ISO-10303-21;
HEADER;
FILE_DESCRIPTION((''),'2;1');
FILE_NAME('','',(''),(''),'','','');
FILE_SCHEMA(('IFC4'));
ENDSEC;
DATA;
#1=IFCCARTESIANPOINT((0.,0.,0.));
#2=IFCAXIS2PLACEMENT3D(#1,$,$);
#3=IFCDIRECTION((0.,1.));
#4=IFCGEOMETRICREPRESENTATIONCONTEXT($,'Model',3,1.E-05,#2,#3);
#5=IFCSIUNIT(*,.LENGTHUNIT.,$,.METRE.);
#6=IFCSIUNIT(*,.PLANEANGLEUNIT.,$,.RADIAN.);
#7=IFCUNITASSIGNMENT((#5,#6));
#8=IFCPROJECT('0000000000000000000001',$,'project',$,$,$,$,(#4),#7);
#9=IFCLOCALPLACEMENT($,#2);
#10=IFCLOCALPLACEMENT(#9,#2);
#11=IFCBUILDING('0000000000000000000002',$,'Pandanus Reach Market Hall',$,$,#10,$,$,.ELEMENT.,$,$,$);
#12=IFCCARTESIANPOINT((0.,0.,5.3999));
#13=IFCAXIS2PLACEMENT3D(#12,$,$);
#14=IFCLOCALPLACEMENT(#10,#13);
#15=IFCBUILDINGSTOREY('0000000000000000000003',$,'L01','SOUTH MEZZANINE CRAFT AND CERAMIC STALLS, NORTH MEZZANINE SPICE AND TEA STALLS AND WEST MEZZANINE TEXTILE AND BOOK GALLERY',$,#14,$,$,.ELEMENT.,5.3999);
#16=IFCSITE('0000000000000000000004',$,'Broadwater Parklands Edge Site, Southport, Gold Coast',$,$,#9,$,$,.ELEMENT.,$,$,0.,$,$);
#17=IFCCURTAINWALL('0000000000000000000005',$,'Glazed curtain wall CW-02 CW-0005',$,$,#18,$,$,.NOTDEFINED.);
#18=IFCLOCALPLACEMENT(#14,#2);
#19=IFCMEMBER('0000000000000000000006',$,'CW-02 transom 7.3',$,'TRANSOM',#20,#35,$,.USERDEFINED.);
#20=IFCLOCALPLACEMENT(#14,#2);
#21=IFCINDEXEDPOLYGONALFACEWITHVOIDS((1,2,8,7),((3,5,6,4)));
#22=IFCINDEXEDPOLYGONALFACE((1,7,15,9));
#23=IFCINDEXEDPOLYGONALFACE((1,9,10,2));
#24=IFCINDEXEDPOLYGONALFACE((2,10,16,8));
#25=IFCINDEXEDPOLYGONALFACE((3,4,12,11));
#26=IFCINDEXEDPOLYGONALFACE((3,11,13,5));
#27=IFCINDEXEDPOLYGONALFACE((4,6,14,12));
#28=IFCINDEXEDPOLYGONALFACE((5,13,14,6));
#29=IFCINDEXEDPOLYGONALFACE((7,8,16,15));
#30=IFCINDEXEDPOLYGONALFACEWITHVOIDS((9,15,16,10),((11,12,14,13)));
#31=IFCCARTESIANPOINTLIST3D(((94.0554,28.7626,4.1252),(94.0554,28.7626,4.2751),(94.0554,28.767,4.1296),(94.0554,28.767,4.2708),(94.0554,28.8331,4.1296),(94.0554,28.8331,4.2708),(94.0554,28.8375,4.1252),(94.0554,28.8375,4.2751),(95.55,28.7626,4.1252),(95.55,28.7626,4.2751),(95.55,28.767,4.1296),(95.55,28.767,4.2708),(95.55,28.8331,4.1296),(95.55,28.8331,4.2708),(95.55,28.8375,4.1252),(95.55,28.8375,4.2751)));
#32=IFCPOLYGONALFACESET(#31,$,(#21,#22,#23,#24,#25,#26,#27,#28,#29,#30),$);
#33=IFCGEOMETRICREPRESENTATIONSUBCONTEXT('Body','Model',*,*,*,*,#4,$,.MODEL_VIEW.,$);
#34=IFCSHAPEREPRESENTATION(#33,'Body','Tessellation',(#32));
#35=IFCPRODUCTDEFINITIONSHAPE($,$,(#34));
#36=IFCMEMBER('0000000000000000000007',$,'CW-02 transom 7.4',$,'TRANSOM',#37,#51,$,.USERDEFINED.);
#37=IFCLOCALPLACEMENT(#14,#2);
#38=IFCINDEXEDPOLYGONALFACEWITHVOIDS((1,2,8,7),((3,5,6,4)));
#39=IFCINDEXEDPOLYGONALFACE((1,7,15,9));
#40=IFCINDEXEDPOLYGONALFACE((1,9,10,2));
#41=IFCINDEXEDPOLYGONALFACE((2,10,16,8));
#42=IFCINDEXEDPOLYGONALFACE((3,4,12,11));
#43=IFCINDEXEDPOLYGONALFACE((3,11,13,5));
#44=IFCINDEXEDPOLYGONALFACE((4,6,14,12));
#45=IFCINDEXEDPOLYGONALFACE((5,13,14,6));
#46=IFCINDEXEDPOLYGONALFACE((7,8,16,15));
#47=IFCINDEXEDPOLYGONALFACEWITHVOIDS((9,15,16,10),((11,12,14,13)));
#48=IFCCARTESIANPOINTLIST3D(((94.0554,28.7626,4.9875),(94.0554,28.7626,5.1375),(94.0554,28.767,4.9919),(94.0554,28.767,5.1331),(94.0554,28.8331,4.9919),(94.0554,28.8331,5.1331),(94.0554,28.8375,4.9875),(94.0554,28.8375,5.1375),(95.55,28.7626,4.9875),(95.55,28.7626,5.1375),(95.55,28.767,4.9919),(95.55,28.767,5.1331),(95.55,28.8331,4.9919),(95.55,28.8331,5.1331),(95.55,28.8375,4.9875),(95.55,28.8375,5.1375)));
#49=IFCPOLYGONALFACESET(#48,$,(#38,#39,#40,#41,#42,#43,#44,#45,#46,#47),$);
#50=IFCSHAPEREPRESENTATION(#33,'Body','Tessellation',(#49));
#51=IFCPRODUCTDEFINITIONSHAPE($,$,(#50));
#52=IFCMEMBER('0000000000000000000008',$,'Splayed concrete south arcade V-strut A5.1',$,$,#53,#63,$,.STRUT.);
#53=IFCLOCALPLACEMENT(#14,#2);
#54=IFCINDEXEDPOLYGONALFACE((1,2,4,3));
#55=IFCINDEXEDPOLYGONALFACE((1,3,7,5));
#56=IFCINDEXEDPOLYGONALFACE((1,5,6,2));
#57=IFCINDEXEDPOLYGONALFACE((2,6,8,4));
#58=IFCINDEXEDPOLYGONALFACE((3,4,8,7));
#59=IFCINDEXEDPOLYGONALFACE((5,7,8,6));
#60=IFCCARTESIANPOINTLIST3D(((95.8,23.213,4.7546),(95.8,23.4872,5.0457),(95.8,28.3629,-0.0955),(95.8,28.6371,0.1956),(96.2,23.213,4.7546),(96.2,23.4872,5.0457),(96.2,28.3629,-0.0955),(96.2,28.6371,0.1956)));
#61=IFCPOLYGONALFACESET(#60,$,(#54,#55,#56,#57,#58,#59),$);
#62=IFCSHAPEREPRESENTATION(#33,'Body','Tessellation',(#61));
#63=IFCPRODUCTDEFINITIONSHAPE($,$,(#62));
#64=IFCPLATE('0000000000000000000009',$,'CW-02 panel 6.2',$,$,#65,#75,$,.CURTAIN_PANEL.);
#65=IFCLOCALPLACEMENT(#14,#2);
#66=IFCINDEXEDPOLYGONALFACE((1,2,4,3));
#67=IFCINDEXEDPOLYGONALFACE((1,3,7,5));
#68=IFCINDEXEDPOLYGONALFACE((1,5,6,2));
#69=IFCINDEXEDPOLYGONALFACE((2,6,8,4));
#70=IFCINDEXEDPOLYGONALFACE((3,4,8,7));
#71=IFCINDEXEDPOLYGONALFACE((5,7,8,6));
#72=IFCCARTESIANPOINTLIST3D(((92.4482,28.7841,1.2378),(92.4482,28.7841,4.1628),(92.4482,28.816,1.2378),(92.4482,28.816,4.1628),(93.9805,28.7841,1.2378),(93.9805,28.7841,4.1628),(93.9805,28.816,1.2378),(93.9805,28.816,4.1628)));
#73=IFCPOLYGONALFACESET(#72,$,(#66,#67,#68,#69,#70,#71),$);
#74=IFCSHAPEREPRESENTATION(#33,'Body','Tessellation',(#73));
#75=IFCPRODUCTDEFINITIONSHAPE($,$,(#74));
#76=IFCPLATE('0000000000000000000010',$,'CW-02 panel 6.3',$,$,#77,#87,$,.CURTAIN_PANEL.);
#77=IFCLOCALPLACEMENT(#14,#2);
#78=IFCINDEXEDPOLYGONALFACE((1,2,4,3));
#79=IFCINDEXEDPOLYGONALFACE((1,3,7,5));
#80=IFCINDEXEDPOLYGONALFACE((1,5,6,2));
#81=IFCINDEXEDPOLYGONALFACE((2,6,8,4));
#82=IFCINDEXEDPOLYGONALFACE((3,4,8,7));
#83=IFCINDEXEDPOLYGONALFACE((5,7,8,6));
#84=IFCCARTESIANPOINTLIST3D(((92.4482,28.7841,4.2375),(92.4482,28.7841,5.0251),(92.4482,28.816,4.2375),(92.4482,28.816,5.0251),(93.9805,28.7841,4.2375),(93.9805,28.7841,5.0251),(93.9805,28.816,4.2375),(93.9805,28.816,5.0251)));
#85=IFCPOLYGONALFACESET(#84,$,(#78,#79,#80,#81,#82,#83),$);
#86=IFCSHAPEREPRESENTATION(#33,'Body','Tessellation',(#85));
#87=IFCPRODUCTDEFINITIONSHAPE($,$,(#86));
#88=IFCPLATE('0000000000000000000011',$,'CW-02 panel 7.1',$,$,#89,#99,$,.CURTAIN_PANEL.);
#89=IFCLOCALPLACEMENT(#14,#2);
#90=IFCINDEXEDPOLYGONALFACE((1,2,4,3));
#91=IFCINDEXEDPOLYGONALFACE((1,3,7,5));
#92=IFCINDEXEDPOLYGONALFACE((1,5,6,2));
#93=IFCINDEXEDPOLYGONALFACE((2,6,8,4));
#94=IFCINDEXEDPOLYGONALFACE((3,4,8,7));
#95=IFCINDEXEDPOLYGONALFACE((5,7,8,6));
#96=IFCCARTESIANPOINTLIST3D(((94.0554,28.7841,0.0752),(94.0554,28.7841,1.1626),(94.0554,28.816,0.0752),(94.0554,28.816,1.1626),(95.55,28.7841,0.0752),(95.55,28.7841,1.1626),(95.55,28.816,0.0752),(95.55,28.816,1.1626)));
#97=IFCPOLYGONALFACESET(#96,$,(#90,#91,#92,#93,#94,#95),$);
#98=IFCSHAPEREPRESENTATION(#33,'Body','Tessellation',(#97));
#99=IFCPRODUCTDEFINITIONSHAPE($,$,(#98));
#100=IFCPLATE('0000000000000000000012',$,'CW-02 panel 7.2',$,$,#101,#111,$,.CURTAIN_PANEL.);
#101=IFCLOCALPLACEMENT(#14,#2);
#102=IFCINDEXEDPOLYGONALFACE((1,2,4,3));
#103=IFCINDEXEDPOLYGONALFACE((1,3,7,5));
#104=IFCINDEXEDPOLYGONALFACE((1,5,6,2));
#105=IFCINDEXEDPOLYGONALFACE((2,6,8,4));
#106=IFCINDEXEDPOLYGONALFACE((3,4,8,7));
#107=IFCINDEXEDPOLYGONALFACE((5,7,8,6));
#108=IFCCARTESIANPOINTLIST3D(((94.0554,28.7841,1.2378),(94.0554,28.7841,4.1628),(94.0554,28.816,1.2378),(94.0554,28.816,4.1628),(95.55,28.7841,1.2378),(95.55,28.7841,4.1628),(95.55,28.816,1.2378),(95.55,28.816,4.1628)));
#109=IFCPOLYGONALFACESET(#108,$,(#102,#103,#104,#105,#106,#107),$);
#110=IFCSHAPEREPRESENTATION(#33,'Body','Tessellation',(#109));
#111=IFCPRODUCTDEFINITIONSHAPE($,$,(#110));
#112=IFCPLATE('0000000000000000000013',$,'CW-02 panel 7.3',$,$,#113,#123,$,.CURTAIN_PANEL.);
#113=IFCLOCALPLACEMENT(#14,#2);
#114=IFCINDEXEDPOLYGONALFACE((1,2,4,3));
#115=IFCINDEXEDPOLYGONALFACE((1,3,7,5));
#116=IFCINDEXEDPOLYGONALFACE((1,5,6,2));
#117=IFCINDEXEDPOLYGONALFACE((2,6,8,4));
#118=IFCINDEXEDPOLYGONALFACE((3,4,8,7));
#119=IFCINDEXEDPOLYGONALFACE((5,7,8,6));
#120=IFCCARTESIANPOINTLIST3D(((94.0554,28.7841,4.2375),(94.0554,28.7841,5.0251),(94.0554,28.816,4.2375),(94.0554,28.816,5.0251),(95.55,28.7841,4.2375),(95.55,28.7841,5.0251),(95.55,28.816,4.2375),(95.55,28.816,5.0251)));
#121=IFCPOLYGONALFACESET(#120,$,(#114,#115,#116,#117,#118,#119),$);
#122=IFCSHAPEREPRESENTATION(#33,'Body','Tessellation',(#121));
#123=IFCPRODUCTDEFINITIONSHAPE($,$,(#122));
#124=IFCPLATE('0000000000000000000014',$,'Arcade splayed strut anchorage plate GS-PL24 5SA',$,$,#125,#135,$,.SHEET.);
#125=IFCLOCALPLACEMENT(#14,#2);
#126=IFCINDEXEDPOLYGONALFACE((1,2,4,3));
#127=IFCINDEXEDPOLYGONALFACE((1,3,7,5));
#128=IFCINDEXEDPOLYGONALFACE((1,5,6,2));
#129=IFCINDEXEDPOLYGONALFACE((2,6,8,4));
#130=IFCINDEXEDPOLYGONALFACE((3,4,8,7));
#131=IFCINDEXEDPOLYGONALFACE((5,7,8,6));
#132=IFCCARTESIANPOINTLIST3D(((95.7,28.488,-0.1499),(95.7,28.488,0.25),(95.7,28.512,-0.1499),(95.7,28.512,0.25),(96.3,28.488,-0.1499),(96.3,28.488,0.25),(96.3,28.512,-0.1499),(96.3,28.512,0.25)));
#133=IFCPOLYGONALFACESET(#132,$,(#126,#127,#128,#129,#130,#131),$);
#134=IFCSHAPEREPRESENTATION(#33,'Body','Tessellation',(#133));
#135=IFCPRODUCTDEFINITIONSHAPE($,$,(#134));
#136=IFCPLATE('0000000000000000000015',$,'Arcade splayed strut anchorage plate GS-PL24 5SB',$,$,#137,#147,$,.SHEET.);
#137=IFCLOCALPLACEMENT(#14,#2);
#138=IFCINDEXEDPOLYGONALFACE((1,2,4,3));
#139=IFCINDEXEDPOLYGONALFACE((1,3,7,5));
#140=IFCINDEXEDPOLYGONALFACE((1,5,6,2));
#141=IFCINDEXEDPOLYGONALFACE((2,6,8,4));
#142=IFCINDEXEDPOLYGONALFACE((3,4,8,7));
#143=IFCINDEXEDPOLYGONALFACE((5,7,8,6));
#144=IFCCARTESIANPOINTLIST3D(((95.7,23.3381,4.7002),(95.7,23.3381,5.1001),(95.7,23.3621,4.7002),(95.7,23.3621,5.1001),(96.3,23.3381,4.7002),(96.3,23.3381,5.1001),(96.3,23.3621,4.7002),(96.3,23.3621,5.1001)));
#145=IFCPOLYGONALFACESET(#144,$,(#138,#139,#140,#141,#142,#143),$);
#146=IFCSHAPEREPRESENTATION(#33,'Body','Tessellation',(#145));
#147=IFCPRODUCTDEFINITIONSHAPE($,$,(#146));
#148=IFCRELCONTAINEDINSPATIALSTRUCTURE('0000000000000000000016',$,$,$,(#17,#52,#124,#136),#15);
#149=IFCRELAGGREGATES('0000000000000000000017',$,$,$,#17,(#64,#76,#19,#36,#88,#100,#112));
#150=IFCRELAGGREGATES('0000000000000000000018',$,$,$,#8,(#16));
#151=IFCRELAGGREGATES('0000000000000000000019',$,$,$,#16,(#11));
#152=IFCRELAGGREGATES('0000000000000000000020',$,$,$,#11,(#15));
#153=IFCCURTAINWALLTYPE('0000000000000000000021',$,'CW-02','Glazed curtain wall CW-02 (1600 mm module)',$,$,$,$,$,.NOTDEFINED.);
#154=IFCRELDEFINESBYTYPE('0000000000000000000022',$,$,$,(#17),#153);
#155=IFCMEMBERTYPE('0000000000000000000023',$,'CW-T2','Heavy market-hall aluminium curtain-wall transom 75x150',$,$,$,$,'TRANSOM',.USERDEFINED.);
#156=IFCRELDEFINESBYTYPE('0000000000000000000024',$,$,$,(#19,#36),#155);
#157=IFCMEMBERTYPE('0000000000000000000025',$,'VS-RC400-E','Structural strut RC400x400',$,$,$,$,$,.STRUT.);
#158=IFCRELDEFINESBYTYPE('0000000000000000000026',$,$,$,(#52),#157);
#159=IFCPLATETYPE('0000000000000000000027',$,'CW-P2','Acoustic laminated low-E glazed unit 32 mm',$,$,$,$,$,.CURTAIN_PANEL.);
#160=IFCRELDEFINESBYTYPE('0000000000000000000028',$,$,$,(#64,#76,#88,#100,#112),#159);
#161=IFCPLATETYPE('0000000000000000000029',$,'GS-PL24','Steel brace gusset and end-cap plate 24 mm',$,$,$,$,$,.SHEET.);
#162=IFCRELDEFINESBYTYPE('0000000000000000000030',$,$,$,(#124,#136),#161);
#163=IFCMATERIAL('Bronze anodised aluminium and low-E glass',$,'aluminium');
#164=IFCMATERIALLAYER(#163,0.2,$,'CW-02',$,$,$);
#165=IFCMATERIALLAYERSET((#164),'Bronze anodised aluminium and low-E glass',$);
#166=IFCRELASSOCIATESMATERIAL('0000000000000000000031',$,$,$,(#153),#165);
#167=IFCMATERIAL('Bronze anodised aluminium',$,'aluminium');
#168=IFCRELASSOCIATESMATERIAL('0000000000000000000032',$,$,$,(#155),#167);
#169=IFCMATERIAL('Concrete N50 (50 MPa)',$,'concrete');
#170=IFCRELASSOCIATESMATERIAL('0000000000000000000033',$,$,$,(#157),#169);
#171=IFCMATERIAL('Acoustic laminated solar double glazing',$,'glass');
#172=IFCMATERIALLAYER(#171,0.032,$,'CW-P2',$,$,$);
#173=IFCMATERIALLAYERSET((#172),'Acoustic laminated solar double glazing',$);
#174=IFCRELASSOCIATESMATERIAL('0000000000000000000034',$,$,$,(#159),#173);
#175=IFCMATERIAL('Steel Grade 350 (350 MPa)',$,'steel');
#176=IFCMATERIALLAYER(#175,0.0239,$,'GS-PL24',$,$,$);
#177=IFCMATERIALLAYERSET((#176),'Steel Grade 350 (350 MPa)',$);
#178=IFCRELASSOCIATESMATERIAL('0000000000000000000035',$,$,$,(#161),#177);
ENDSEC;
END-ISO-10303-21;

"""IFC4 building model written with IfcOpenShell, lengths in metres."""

from ifc_helpers import new_model, si_unit, direction, frame, origin, origin_2d, place, context, subcontext, project, spatial, rectangle, hollow_rectangle, extrude, material, layer, layer_set, material_profile, profile_set, type_object, element, aggregate, save


model = new_model("IFC4")

# Units and contexts
model_context = context("Model", 3, precision=1e-05, world=origin(), true_north=direction((0.0, 1.0)))
body_context = subcontext(model_context, "Body", "Model", "MODEL_VIEW")
ifc_project = project(units=[si_unit("LENGTHUNIT", "METRE"), si_unit("PLANEANGLEUNIT", "RADIAN")], contexts=[model_context])

# Site, building, storey
site_placement = place(None, origin())
site = spatial("IfcSite", under=ifc_project, at=site_placement, Name="Broadwater Parklands Edge Site, Southport, Gold Coast", CompositionType="ELEMENT", RefElevation=0.0)
building_placement = place(site_placement, origin())
building = spatial("IfcBuilding", under=site, at=building_placement, Name="Pandanus Reach Market Hall", CompositionType="ELEMENT")
storey_placement = place(building_placement, frame((0.0, 0.0, 5.3999)))
storey = spatial("IfcBuildingStorey", under=building, at=storey_placement, Name="L01", Description="SOUTH MEZZANINE CRAFT AND CERAMIC STALLS, NORTH MEZZANINE SPICE AND TEA STALLS AND WEST MEZZANINE TEXTILE AND BOOK GALLERY", CompositionType="ELEMENT", Elevation=5.3999)

# Shared definitions
ifc_material_1 = material(Name="Concrete N50 (50 MPa)", Category="concrete")

# Curtain wall, members
ifc_material_2 = material(Name="Bronze anodised aluminium and low-E glass", Category="aluminium")
ifc_layer_1 = layer(ifc_material_2, 0.2, Name="CW-02")
ifc_layer_set_1 = layer_set([ifc_layer_1], Name="Bronze anodised aluminium and low-E glass")
curtain_wall_type = type_object("IfcCurtainWallType", Name="CW-02", Description="Glazed curtain wall CW-02 (1600 mm module)", PredefinedType="NOTDEFINED", material=ifc_layer_set_1)
curtain_wall_placement = place(storey_placement, origin())
curtain_wall = element("IfcCurtainWall", 1, at=curtain_wall_placement, inside=storey, type_object=curtain_wall_type, Name="Glazed curtain wall CW-02 CW-0005", PredefinedType="NOTDEFINED")
ifc_material_3 = material(Name="Bronze anodised aluminium", Category="aluminium")
ifc_material_profile_1 = material_profile(ifc_material_3, hollow_rectangle(XDim=0.075, YDim=0.1499, WallThickness=0.0044, at=origin_2d()), Name="ALU75x150", Category="LoadBearing")
ifc_profile_set_1 = profile_set([ifc_material_profile_1], Name="Bronze anodised aluminium")
member_type_1 = type_object("IfcMemberType", Name="CW-T2", Description="Heavy market-hall aluminium curtain-wall transom 75x150", ElementType="TRANSOM", PredefinedType="USERDEFINED", material=ifc_profile_set_1)
member_1_placement = place(storey_placement, frame((94.0554, 28.8, 4.2002), z_axis=(1.0, 0.0, 0.0), x_axis=(0.0, 1.0, 0.0)))
member_1 = element("IfcMember", 2, at=member_1_placement, type_object=member_type_1, Name="CW-02 transom 7.3", ObjectType="TRANSOM", PredefinedType="USERDEFINED", context=body_context, shape_type="SweptSolid", body=[
    extrude(hollow_rectangle(XDim=0.075, YDim=0.1499, WallThickness=0.0044, at=origin_2d()), origin(), (0.0, 0.0, 1.0), 1.4946),
])
member_2_placement = place(storey_placement, frame((94.0554, 28.8, 5.0625), z_axis=(1.0, 0.0, 0.0), x_axis=(0.0, 1.0, 0.0)))
member_2 = element("IfcMember", 3, at=member_2_placement, type_object=member_type_1, Name="CW-02 transom 7.4", ObjectType="TRANSOM", PredefinedType="USERDEFINED", context=body_context, shape_type="SweptSolid", body=[
    extrude(hollow_rectangle(XDim=0.075, YDim=0.1499, WallThickness=0.0044, at=origin_2d()), origin(), (0.0, 0.0, 1.0), 1.4946),
])

# Member
ifc_material_profile_2 = material_profile(ifc_material_1, rectangle(XDim=0.3999, YDim=0.3999, at=origin_2d()), Name="RC400x400", Category="LoadBearing")
ifc_profile_set_2 = profile_set([ifc_material_profile_2], Name="Concrete N50 (50 MPa)")
member_type_2 = type_object("IfcMemberType", Name="VS-RC400-E", Description="Structural strut RC400x400", PredefinedType="STRUT", material=ifc_profile_set_2)
member_3_placement = place(storey_placement, frame((96.0, 28.5, 0.05), z_axis=(0.0, -0.727979, 0.685599), x_axis=(1.0, 0.0, 0.0)))
element("IfcMember", 4, at=member_3_placement, inside=storey, type_object=member_type_2, Name="Splayed concrete south arcade V-strut A5.1", PredefinedType="STRUT", context=body_context, shape_type="SweptSolid", body=[
    extrude(rectangle(XDim=0.3999, YDim=0.3999, at=origin_2d()), origin(), (0.0, 0.0, 1.0), 7.0742),
])

# Plates
ifc_material_4 = material(Name="Acoustic laminated solar double glazing", Category="glass")
ifc_layer_2 = layer(ifc_material_4, 0.032, Name="CW-P2")
ifc_layer_set_2 = layer_set([ifc_layer_2], Name="Acoustic laminated solar double glazing")
plate_type_1 = type_object("IfcPlateType", Name="CW-P2", Description="Acoustic laminated low-E glazed unit 32 mm", PredefinedType="CURTAIN_PANEL", material=ifc_layer_set_2)
plate_1_placement = place(storey_placement, frame((93.2144, 28.8, 1.2378), z_axis=(0.0, 0.0, 1.0), x_axis=(1.0, 0.0, 0.0)))
plate_1 = element("IfcPlate", 5, at=plate_1_placement, type_object=plate_type_1, Name="CW-02 panel 6.2", PredefinedType="CURTAIN_PANEL", context=body_context, shape_type="SweptSolid", body=[
    extrude(rectangle(XDim=1.5322, YDim=0.032, at=origin_2d()), origin(), (0.0, 0.0, 1.0), 2.925),
])
plate_2_placement = place(storey_placement, frame((93.2144, 28.8, 4.2375), z_axis=(0.0, 0.0, 1.0), x_axis=(1.0, 0.0, 0.0)))
plate_2 = element("IfcPlate", 6, at=plate_2_placement, type_object=plate_type_1, Name="CW-02 panel 6.3", PredefinedType="CURTAIN_PANEL", context=body_context, shape_type="SweptSolid", body=[
    extrude(rectangle(XDim=1.5322, YDim=0.032, at=origin_2d()), origin(), (0.0, 0.0, 1.0), 0.7876),
])
plate_3_placement = place(storey_placement, frame((94.8027, 28.8, 0.0752), z_axis=(0.0, 0.0, 1.0), x_axis=(1.0, 0.0, 0.0)))
plate_3 = element("IfcPlate", 7, at=plate_3_placement, type_object=plate_type_1, Name="CW-02 panel 7.1", PredefinedType="CURTAIN_PANEL", context=body_context, shape_type="SweptSolid", body=[
    extrude(rectangle(XDim=1.4946, YDim=0.032, at=origin_2d()), origin(), (0.0, 0.0, 1.0), 1.0874),
])
plate_4_placement = place(storey_placement, frame((94.8027, 28.8, 1.2378), z_axis=(0.0, 0.0, 1.0), x_axis=(1.0, 0.0, 0.0)))
plate_4 = element("IfcPlate", 8, at=plate_4_placement, type_object=plate_type_1, Name="CW-02 panel 7.2", PredefinedType="CURTAIN_PANEL", context=body_context, shape_type="SweptSolid", body=[
    extrude(rectangle(XDim=1.4946, YDim=0.032, at=origin_2d()), origin(), (0.0, 0.0, 1.0), 2.925),
])
plate_5_placement = place(storey_placement, frame((94.8027, 28.8, 4.2375), z_axis=(0.0, 0.0, 1.0), x_axis=(1.0, 0.0, 0.0)))
plate_5 = element("IfcPlate", 9, at=plate_5_placement, type_object=plate_type_1, Name="CW-02 panel 7.3", PredefinedType="CURTAIN_PANEL", context=body_context, shape_type="SweptSolid", body=[
    extrude(rectangle(XDim=1.4946, YDim=0.032, at=origin_2d()), origin(), (0.0, 0.0, 1.0), 0.7876),
])
aggregate(curtain_wall, [plate_1, plate_2, member_1, member_2, plate_3, plate_4, plate_5])

# Plates
ifc_material_5 = material(Name="Steel Grade 350 (350 MPa)", Category="steel")
ifc_layer_3 = layer(ifc_material_5, 0.0239, Name="GS-PL24")
ifc_layer_set_3 = layer_set([ifc_layer_3], Name="Steel Grade 350 (350 MPa)")
plate_type_2 = type_object("IfcPlateType", Name="GS-PL24", Description="Steel brace gusset and end-cap plate 24 mm", PredefinedType="SHEET", material=ifc_layer_set_3)
for number, where, z_axis, x_axis, name in (
    (10, (96.0, 28.5, -0.1499), (0.0, 0.0, 1.0), (1.0, 0.0, 0.0), "Arcade splayed strut anchorage plate GS-PL24 5SA"),
    (11, (96.0, 23.3501, 4.7002), (0.0, 0.0, 1.0), (1.0, 0.0, 0.0), "Arcade splayed strut anchorage plate GS-PL24 5SB"),
):
    element("IfcPlate", number, at=place(storey_placement, frame(where, z_axis=z_axis, x_axis=x_axis)), inside=storey, type_object=plate_type_2, Name=name, PredefinedType="SHEET", context=body_context, shape_type="SweptSolid", body=[
        extrude(rectangle(XDim=0.6001, YDim=0.0239, at=origin_2d()), origin(), (0.0, 0.0, 1.0), 0.3999),
    ])

save(model, "model.ifc")
